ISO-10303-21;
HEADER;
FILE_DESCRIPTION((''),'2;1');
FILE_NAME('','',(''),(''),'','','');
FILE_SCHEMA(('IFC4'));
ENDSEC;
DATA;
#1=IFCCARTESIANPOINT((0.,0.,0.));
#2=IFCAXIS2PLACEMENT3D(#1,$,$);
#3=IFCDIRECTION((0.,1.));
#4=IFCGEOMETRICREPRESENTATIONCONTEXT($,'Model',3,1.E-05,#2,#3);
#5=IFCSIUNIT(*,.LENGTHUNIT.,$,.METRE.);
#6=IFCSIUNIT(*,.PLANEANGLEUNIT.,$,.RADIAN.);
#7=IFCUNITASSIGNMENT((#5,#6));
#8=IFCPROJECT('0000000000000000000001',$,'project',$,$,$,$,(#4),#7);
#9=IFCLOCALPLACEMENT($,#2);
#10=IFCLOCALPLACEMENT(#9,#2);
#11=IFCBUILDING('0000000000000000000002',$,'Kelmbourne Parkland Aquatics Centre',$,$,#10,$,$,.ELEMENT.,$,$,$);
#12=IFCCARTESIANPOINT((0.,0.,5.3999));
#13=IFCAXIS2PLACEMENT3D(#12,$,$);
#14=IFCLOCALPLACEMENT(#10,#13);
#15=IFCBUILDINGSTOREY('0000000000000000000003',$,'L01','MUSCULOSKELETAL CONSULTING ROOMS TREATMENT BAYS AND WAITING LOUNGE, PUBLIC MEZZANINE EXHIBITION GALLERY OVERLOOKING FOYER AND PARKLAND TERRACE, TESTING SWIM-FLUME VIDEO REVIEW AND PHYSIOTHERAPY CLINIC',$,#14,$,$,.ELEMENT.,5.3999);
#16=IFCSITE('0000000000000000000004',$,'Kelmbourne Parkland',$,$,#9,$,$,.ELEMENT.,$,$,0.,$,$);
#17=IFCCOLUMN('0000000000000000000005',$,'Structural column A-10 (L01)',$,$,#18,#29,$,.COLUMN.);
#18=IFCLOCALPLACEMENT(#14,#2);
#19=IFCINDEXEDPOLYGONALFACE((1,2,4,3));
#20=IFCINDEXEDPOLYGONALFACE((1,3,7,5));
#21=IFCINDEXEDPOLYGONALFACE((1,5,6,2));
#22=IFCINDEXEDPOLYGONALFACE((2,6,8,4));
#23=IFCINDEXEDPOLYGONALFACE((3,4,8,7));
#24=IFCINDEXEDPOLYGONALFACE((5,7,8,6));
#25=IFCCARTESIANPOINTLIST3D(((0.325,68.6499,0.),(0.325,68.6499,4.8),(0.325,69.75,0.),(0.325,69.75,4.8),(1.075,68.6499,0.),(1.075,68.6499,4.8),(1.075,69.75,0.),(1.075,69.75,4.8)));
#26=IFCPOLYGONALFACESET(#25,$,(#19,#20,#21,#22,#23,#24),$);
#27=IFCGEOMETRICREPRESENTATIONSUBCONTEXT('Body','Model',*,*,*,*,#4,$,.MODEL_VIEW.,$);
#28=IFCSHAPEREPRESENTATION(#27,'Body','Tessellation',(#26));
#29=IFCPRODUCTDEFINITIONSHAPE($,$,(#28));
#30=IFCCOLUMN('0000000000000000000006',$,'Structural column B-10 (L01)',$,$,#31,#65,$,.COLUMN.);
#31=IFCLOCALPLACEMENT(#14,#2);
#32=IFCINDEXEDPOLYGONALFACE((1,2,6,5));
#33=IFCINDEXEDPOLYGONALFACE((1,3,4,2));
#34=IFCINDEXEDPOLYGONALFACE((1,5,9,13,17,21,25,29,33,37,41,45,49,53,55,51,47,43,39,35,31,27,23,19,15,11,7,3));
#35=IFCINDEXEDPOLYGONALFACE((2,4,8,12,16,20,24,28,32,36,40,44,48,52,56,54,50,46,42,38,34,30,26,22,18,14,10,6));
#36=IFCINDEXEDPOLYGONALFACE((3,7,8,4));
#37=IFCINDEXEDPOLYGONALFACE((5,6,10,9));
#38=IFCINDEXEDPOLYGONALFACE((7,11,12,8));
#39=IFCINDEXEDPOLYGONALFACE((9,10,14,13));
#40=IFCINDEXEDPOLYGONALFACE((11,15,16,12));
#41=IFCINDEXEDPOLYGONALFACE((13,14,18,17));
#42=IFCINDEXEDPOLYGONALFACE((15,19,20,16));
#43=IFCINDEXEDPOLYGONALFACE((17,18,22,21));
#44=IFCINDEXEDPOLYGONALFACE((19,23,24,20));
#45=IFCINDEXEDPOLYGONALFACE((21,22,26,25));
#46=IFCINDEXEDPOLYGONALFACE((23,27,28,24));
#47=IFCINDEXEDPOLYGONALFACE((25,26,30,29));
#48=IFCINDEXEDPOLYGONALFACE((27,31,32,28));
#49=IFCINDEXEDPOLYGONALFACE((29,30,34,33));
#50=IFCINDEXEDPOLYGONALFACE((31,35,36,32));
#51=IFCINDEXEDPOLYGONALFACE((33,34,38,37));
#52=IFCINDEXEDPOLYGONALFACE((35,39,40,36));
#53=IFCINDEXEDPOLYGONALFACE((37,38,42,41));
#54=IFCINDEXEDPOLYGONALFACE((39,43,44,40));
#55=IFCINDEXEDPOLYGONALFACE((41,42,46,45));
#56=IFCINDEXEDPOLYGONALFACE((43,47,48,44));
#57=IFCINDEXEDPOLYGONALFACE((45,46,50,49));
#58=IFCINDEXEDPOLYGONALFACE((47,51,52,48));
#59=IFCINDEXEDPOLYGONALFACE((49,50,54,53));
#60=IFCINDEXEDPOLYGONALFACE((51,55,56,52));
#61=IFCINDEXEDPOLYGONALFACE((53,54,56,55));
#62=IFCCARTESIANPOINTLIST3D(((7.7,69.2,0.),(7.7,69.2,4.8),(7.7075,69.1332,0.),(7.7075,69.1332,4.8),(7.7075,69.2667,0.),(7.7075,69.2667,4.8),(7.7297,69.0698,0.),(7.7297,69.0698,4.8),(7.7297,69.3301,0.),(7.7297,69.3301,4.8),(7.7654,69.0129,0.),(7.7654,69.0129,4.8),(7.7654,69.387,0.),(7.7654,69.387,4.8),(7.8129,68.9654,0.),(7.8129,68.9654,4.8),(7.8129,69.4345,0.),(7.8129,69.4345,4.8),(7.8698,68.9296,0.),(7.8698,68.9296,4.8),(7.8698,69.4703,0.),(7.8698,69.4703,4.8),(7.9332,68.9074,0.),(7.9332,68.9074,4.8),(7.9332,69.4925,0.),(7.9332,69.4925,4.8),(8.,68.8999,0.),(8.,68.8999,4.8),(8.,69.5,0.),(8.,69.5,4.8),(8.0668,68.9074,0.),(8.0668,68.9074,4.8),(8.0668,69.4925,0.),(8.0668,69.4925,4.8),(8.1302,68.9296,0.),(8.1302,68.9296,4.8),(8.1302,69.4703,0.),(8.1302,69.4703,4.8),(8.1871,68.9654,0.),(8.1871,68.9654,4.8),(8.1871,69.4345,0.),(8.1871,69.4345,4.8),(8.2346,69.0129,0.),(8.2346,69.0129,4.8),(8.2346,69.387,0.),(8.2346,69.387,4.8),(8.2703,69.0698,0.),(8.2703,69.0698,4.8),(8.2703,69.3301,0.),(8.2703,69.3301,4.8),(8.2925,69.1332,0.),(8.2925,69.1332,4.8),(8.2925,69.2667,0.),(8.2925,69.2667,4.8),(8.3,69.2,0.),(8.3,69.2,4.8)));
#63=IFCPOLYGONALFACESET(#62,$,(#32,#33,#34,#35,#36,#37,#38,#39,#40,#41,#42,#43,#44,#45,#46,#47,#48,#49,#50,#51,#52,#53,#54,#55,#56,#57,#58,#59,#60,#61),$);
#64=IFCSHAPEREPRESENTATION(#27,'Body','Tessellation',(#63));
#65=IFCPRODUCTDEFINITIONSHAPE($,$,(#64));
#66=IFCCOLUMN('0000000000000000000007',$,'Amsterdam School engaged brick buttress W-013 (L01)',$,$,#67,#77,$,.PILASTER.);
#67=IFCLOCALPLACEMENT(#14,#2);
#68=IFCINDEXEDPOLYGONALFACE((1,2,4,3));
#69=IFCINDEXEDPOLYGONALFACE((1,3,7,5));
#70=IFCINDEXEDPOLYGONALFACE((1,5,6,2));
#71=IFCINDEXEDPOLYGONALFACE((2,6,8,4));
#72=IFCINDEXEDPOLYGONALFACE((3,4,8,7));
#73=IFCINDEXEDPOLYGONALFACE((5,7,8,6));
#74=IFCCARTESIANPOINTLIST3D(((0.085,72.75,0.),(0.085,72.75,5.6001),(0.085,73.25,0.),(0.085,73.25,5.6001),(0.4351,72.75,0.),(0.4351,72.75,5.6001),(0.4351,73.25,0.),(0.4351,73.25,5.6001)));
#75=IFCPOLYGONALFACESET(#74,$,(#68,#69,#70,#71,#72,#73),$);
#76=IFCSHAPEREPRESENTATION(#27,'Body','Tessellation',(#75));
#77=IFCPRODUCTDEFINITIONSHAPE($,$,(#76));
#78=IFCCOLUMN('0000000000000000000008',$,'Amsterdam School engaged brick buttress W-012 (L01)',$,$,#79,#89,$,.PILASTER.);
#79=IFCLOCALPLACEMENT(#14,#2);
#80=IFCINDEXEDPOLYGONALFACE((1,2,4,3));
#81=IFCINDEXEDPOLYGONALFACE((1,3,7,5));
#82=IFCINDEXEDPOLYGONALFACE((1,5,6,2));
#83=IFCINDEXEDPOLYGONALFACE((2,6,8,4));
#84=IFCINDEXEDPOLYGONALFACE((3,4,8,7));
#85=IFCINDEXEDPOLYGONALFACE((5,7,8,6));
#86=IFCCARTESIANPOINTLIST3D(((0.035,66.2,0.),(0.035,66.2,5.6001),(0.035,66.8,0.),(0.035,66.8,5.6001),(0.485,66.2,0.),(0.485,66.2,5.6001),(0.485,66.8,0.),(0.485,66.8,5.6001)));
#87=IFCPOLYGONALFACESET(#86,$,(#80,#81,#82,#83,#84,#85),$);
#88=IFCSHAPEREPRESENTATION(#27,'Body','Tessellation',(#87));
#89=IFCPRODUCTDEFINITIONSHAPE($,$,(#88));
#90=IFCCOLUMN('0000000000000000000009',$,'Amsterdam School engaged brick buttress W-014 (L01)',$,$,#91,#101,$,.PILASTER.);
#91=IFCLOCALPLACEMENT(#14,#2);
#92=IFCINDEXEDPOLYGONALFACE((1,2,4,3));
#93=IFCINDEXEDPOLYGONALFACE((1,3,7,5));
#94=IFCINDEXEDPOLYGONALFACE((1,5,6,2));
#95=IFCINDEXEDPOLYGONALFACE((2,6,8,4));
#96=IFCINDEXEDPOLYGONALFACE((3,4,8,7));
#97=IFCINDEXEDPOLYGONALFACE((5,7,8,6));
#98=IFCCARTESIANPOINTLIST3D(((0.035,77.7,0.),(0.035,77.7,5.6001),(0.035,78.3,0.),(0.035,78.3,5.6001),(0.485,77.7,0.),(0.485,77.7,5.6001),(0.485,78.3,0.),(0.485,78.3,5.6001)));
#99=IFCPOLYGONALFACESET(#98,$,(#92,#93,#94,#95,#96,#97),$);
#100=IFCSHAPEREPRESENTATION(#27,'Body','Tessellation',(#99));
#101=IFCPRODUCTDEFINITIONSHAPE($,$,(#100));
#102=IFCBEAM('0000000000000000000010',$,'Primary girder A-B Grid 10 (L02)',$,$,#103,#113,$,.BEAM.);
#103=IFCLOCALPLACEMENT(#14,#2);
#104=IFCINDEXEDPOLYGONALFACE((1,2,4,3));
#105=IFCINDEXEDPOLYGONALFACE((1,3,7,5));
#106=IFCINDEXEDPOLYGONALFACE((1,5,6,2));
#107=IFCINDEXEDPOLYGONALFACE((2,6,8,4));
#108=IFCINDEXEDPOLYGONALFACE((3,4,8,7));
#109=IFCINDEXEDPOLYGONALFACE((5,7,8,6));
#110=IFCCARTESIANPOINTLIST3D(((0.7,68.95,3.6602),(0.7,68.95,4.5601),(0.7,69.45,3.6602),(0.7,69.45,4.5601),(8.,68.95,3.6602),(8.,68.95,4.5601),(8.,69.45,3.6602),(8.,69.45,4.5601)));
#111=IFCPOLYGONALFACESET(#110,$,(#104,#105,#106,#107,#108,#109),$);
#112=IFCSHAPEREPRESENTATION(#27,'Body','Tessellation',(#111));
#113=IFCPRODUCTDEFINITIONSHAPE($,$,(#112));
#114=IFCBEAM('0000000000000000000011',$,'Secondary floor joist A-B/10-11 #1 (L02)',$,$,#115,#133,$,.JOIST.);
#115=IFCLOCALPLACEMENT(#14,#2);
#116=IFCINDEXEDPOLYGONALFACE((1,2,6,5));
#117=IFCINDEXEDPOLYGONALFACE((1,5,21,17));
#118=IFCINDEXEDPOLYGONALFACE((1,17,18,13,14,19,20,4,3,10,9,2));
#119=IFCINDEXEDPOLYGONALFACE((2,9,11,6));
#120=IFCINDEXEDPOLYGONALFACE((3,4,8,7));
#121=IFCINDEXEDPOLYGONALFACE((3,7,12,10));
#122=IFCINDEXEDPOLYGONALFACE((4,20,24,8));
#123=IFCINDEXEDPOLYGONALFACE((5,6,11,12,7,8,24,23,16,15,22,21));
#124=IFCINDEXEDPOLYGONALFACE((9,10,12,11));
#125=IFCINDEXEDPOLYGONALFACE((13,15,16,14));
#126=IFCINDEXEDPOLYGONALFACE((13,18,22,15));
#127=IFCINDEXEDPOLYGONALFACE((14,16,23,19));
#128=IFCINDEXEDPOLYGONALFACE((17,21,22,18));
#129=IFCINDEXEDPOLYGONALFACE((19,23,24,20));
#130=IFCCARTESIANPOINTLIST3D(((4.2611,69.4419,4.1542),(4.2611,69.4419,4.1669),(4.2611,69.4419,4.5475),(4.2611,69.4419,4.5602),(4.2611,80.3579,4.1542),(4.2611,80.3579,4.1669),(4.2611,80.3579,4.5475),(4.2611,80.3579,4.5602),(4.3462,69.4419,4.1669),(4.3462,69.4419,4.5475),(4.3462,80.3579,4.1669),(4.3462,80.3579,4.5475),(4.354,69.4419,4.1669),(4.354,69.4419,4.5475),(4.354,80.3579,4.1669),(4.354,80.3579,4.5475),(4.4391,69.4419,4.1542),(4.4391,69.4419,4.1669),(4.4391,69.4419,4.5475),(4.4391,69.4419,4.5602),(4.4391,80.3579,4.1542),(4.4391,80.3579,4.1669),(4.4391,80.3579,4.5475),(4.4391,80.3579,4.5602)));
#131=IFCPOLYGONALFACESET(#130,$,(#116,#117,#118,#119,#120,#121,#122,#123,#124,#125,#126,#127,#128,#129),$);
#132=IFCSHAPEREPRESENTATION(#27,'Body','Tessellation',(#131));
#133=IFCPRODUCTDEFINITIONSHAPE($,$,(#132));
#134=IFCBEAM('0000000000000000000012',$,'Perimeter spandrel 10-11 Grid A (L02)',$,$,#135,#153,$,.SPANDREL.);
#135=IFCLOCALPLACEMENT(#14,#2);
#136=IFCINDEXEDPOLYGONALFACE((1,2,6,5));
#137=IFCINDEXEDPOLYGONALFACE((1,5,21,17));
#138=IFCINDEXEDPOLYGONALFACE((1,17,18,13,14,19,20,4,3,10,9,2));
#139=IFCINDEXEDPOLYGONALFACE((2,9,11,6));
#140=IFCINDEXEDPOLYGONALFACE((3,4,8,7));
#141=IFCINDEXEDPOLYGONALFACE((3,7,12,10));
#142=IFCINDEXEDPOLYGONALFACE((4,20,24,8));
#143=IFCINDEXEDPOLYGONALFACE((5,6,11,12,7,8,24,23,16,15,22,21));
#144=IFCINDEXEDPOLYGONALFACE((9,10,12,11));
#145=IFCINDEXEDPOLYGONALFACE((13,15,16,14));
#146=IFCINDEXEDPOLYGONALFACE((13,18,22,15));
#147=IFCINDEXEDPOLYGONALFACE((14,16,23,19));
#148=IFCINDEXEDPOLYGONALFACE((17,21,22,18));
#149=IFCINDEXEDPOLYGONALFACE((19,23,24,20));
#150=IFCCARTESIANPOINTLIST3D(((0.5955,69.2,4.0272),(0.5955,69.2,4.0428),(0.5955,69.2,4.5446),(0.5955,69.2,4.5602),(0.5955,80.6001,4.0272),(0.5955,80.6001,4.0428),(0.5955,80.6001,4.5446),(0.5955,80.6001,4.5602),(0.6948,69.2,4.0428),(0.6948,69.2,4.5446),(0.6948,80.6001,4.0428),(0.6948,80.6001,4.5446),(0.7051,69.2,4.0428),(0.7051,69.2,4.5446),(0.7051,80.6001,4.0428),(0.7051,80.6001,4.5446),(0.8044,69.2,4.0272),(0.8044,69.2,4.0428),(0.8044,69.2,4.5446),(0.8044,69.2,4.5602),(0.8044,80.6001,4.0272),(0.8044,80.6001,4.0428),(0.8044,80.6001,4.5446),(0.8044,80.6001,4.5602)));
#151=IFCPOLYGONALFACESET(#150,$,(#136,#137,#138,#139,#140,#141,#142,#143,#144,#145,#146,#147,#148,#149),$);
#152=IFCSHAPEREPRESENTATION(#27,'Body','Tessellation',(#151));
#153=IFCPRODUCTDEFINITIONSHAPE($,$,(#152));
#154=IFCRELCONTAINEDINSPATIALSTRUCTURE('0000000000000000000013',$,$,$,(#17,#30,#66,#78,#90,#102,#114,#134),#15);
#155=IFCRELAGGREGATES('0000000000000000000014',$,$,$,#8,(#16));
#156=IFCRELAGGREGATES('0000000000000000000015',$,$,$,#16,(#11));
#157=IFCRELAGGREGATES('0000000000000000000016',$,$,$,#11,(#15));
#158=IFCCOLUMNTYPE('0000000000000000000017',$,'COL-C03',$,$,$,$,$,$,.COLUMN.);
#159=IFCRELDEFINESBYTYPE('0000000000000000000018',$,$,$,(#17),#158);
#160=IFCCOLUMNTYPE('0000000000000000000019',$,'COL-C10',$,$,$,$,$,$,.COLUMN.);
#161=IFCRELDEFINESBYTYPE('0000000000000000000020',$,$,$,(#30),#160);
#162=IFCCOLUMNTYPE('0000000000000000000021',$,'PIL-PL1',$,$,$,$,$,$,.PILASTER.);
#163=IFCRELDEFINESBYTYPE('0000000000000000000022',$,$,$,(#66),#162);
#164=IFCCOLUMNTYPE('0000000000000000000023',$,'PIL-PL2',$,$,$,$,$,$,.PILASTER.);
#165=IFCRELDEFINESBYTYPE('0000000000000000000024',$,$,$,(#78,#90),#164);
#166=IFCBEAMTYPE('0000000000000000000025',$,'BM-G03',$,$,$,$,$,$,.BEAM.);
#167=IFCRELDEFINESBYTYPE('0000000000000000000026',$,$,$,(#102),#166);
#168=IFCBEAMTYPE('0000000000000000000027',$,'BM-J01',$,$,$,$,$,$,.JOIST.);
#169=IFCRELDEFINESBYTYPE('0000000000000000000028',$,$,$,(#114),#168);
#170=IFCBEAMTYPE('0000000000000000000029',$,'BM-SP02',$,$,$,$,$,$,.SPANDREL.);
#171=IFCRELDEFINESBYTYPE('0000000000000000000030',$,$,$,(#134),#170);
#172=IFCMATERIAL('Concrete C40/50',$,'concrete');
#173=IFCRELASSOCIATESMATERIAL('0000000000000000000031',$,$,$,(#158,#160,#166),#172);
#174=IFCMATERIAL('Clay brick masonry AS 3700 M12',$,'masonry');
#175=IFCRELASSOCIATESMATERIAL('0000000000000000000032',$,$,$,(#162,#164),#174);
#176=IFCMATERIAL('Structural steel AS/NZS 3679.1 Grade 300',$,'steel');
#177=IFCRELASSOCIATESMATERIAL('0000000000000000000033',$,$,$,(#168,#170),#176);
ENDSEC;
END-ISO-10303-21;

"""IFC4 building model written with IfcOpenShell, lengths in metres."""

from ifc_helpers import new_model, si_unit, direction, frame, origin, origin_2d, place, context, subcontext, project, spatial, rectangle, circle, i_section, extrude, material, material_profile, profile_set, type_object, element, save


model = new_model("IFC4")

# Units and contexts
model_context = context("Model", 3, precision=1e-05, world=origin(), true_north=direction((0.0, 1.0)))
body_context = subcontext(model_context, "Body", "Model", "MODEL_VIEW")
ifc_project = project(units=[si_unit("LENGTHUNIT", "METRE"), si_unit("PLANEANGLEUNIT", "RADIAN")], contexts=[model_context])

# Site, building, storey
site_placement = place(None, origin())
site = spatial("IfcSite", under=ifc_project, at=site_placement, Name="Kelmbourne Parkland", CompositionType="ELEMENT", RefElevation=0.0)
building_placement = place(site_placement, origin())
building = spatial("IfcBuilding", under=site, at=building_placement, Name="Kelmbourne Parkland Aquatics Centre", CompositionType="ELEMENT")
storey_placement = place(building_placement, frame((0.0, 0.0, 5.3999)))
storey = spatial("IfcBuildingStorey", under=building, at=storey_placement, Name="L01", Description="MUSCULOSKELETAL CONSULTING ROOMS TREATMENT BAYS AND WAITING LOUNGE, PUBLIC MEZZANINE EXHIBITION GALLERY OVERLOOKING FOYER AND PARKLAND TERRACE, TESTING SWIM-FLUME VIDEO REVIEW AND PHYSIOTHERAPY CLINIC", CompositionType="ELEMENT", Elevation=5.3999)

# Columns
ifc_material_1 = material(Name="Concrete C40/50", Category="concrete")
ifc_material_profile_1 = material_profile(ifc_material_1, rectangle(XDim=0.75, YDim=1.1001, at=origin_2d()), Name="RC 750x1100")
ifc_profile_set_1 = profile_set([ifc_material_profile_1], Name="Concrete C40/50")
column_type_1 = type_object("IfcColumnType", Name="COL-C03", PredefinedType="COLUMN", material=ifc_profile_set_1)
column_1_placement = place(storey_placement, frame((0.7, 69.2, 0.0), z_axis=(0.0, 0.0, 1.0), x_axis=(1.0, 0.0, 0.0)))
element("IfcColumn", 1, at=column_1_placement, inside=storey, type_object=column_type_1, Name="Structural column A-10 (L01)", PredefinedType="COLUMN", context=body_context, shape_type="SweptSolid", body=[
    extrude(rectangle(XDim=0.75, YDim=1.1001, at=origin_2d()), origin(), (0.0, 0.0, 1.0), 4.8),
])
ifc_material_profile_2 = material_profile(ifc_material_1, circle(Radius=0.3, at=origin_2d()), Name="RC D600")
ifc_profile_set_2 = profile_set([ifc_material_profile_2], Name="Concrete C40/50")
column_type_2 = type_object("IfcColumnType", Name="COL-C10", PredefinedType="COLUMN", material=ifc_profile_set_2)
column_2_placement = place(storey_placement, frame((8.0, 69.2, 0.0), z_axis=(0.0, 0.0, 1.0), x_axis=(1.0, 0.0, 0.0)))
element("IfcColumn", 2, at=column_2_placement, inside=storey, type_object=column_type_2, Name="Structural column B-10 (L01)", PredefinedType="COLUMN", context=body_context, shape_type="SweptSolid", body=[
    extrude(circle(Radius=0.3, at=origin_2d()), origin(), (0.0, 0.0, 1.0), 4.8),
])
ifc_material_2 = material(Name="Clay brick masonry AS 3700 M12", Category="masonry")
ifc_material_profile_3 = material_profile(ifc_material_2, rectangle(XDim=0.3501, YDim=0.5, at=origin_2d()), Name="PIL 350x500")
ifc_profile_set_3 = profile_set([ifc_material_profile_3], Name="Clay brick masonry AS 3700 M12")
column_type_3 = type_object("IfcColumnType", Name="PIL-PL1", PredefinedType="PILASTER", material=ifc_profile_set_3)
column_3_placement = place(storey_placement, frame((0.26, 73.0, 0.0), z_axis=(0.0, 0.0, 1.0), x_axis=(1.0, 0.0, 0.0)))
element("IfcColumn", 3, at=column_3_placement, inside=storey, type_object=column_type_3, Name="Amsterdam School engaged brick buttress W-013 (L01)", PredefinedType="PILASTER", context=body_context, shape_type="SweptSolid", body=[
    extrude(rectangle(XDim=0.3501, YDim=0.5, at=origin_2d()), origin(), (0.0, 0.0, 1.0), 5.6001),
])
ifc_material_profile_4 = material_profile(ifc_material_2, rectangle(XDim=0.45, YDim=0.6001, at=origin_2d()), Name="PIL 450x600")
ifc_profile_set_4 = profile_set([ifc_material_profile_4], Name="Clay brick masonry AS 3700 M12")
column_type_4 = type_object("IfcColumnType", Name="PIL-PL2", PredefinedType="PILASTER", material=ifc_profile_set_4)
for number, where, z_axis, x_axis, name in (
    (4, (0.26, 66.5, 0.0), (0.0, 0.0, 1.0), (1.0, 0.0, 0.0), "Amsterdam School engaged brick buttress W-012 (L01)"),
    (5, (0.26, 78.0, 0.0), (0.0, 0.0, 1.0), (1.0, 0.0, 0.0), "Amsterdam School engaged brick buttress W-014 (L01)"),
):
    element("IfcColumn", number, at=place(storey_placement, frame(where, z_axis=z_axis, x_axis=x_axis)), inside=storey, type_object=column_type_4, Name=name, PredefinedType="PILASTER", context=body_context, shape_type="SweptSolid", body=[
        extrude(rectangle(XDim=0.45, YDim=0.6001, at=origin_2d()), origin(), (0.0, 0.0, 1.0), 5.6001),
    ])

# Beams
ifc_material_profile_5 = material_profile(ifc_material_1, rectangle(XDim=0.5, YDim=0.8999, at=origin_2d()), Name="RC 500x900")
ifc_profile_set_5 = profile_set([ifc_material_profile_5], Name="Concrete C40/50")
beam_type_1 = type_object("IfcBeamType", Name="BM-G03", PredefinedType="BEAM", material=ifc_profile_set_5)
beam_1_placement = place(storey_placement, frame((0.7, 69.2, 4.1101), z_axis=(1.0, 0.0, 0.0), x_axis=(0.0, 1.0, 0.0)))
element("IfcBeam", 6, at=beam_1_placement, inside=storey, type_object=beam_type_1, Name="Primary girder A-B Grid 10 (L02)", PredefinedType="BEAM", context=body_context, shape_type="SweptSolid", body=[
    extrude(rectangle(XDim=0.5, YDim=0.8999, at=origin_2d()), origin(), (0.0, 0.0, 1.0), 7.3),
])
ifc_material_3 = material(Name="Structural steel AS/NZS 3679.1 Grade 300", Category="steel")
ifc_material_profile_6 = material_profile(ifc_material_3, i_section(OverallWidth=0.178, OverallDepth=0.406, WebThickness=0.0078, FlangeThickness=0.0127, at=origin_2d()), Name="410UB59.7")
ifc_profile_set_6 = profile_set([ifc_material_profile_6], Name="Structural steel AS/NZS 3679.1 Grade 300")
beam_type_2 = type_object("IfcBeamType", Name="BM-J01", PredefinedType="JOIST", material=ifc_profile_set_6)
beam_2_placement = place(storey_placement, frame((4.3501, 69.4419, 4.3572), z_axis=(0.0, 1.0, 0.0), x_axis=(-1.0, 0.0, 0.0)))
element("IfcBeam", 7, at=beam_2_placement, inside=storey, type_object=beam_type_2, Name="Secondary floor joist A-B/10-11 #1 (L02)", PredefinedType="JOIST", context=body_context, shape_type="SweptSolid", body=[
    extrude(i_section(OverallWidth=0.178, OverallDepth=0.406, WebThickness=0.0078, FlangeThickness=0.0127, at=origin_2d()), origin(), (0.0, 0.0, 1.0), 10.916),
])
ifc_material_profile_7 = material_profile(ifc_material_3, i_section(OverallWidth=0.209, OverallDepth=0.533, WebThickness=0.0103, FlangeThickness=0.0156, at=origin_2d()), Name="530UB92.4")
ifc_profile_set_7 = profile_set([ifc_material_profile_7], Name="Structural steel AS/NZS 3679.1 Grade 300")
beam_type_3 = type_object("IfcBeamType", Name="BM-SP02", PredefinedType="SPANDREL", material=ifc_profile_set_7)
beam_3_placement = place(storey_placement, frame((0.7, 69.2, 4.2937), z_axis=(0.0, 1.0, 0.0), x_axis=(-1.0, 0.0, 0.0)))
element("IfcBeam", 8, at=beam_3_placement, inside=storey, type_object=beam_type_3, Name="Perimeter spandrel 10-11 Grid A (L02)", PredefinedType="SPANDREL", context=body_context, shape_type="SweptSolid", body=[
    extrude(i_section(OverallWidth=0.209, OverallDepth=0.533, WebThickness=0.0103, FlangeThickness=0.0156, at=origin_2d()), origin(), (0.0, 0.0, 1.0), 11.4001),
])

save(model, "model.ifc")
